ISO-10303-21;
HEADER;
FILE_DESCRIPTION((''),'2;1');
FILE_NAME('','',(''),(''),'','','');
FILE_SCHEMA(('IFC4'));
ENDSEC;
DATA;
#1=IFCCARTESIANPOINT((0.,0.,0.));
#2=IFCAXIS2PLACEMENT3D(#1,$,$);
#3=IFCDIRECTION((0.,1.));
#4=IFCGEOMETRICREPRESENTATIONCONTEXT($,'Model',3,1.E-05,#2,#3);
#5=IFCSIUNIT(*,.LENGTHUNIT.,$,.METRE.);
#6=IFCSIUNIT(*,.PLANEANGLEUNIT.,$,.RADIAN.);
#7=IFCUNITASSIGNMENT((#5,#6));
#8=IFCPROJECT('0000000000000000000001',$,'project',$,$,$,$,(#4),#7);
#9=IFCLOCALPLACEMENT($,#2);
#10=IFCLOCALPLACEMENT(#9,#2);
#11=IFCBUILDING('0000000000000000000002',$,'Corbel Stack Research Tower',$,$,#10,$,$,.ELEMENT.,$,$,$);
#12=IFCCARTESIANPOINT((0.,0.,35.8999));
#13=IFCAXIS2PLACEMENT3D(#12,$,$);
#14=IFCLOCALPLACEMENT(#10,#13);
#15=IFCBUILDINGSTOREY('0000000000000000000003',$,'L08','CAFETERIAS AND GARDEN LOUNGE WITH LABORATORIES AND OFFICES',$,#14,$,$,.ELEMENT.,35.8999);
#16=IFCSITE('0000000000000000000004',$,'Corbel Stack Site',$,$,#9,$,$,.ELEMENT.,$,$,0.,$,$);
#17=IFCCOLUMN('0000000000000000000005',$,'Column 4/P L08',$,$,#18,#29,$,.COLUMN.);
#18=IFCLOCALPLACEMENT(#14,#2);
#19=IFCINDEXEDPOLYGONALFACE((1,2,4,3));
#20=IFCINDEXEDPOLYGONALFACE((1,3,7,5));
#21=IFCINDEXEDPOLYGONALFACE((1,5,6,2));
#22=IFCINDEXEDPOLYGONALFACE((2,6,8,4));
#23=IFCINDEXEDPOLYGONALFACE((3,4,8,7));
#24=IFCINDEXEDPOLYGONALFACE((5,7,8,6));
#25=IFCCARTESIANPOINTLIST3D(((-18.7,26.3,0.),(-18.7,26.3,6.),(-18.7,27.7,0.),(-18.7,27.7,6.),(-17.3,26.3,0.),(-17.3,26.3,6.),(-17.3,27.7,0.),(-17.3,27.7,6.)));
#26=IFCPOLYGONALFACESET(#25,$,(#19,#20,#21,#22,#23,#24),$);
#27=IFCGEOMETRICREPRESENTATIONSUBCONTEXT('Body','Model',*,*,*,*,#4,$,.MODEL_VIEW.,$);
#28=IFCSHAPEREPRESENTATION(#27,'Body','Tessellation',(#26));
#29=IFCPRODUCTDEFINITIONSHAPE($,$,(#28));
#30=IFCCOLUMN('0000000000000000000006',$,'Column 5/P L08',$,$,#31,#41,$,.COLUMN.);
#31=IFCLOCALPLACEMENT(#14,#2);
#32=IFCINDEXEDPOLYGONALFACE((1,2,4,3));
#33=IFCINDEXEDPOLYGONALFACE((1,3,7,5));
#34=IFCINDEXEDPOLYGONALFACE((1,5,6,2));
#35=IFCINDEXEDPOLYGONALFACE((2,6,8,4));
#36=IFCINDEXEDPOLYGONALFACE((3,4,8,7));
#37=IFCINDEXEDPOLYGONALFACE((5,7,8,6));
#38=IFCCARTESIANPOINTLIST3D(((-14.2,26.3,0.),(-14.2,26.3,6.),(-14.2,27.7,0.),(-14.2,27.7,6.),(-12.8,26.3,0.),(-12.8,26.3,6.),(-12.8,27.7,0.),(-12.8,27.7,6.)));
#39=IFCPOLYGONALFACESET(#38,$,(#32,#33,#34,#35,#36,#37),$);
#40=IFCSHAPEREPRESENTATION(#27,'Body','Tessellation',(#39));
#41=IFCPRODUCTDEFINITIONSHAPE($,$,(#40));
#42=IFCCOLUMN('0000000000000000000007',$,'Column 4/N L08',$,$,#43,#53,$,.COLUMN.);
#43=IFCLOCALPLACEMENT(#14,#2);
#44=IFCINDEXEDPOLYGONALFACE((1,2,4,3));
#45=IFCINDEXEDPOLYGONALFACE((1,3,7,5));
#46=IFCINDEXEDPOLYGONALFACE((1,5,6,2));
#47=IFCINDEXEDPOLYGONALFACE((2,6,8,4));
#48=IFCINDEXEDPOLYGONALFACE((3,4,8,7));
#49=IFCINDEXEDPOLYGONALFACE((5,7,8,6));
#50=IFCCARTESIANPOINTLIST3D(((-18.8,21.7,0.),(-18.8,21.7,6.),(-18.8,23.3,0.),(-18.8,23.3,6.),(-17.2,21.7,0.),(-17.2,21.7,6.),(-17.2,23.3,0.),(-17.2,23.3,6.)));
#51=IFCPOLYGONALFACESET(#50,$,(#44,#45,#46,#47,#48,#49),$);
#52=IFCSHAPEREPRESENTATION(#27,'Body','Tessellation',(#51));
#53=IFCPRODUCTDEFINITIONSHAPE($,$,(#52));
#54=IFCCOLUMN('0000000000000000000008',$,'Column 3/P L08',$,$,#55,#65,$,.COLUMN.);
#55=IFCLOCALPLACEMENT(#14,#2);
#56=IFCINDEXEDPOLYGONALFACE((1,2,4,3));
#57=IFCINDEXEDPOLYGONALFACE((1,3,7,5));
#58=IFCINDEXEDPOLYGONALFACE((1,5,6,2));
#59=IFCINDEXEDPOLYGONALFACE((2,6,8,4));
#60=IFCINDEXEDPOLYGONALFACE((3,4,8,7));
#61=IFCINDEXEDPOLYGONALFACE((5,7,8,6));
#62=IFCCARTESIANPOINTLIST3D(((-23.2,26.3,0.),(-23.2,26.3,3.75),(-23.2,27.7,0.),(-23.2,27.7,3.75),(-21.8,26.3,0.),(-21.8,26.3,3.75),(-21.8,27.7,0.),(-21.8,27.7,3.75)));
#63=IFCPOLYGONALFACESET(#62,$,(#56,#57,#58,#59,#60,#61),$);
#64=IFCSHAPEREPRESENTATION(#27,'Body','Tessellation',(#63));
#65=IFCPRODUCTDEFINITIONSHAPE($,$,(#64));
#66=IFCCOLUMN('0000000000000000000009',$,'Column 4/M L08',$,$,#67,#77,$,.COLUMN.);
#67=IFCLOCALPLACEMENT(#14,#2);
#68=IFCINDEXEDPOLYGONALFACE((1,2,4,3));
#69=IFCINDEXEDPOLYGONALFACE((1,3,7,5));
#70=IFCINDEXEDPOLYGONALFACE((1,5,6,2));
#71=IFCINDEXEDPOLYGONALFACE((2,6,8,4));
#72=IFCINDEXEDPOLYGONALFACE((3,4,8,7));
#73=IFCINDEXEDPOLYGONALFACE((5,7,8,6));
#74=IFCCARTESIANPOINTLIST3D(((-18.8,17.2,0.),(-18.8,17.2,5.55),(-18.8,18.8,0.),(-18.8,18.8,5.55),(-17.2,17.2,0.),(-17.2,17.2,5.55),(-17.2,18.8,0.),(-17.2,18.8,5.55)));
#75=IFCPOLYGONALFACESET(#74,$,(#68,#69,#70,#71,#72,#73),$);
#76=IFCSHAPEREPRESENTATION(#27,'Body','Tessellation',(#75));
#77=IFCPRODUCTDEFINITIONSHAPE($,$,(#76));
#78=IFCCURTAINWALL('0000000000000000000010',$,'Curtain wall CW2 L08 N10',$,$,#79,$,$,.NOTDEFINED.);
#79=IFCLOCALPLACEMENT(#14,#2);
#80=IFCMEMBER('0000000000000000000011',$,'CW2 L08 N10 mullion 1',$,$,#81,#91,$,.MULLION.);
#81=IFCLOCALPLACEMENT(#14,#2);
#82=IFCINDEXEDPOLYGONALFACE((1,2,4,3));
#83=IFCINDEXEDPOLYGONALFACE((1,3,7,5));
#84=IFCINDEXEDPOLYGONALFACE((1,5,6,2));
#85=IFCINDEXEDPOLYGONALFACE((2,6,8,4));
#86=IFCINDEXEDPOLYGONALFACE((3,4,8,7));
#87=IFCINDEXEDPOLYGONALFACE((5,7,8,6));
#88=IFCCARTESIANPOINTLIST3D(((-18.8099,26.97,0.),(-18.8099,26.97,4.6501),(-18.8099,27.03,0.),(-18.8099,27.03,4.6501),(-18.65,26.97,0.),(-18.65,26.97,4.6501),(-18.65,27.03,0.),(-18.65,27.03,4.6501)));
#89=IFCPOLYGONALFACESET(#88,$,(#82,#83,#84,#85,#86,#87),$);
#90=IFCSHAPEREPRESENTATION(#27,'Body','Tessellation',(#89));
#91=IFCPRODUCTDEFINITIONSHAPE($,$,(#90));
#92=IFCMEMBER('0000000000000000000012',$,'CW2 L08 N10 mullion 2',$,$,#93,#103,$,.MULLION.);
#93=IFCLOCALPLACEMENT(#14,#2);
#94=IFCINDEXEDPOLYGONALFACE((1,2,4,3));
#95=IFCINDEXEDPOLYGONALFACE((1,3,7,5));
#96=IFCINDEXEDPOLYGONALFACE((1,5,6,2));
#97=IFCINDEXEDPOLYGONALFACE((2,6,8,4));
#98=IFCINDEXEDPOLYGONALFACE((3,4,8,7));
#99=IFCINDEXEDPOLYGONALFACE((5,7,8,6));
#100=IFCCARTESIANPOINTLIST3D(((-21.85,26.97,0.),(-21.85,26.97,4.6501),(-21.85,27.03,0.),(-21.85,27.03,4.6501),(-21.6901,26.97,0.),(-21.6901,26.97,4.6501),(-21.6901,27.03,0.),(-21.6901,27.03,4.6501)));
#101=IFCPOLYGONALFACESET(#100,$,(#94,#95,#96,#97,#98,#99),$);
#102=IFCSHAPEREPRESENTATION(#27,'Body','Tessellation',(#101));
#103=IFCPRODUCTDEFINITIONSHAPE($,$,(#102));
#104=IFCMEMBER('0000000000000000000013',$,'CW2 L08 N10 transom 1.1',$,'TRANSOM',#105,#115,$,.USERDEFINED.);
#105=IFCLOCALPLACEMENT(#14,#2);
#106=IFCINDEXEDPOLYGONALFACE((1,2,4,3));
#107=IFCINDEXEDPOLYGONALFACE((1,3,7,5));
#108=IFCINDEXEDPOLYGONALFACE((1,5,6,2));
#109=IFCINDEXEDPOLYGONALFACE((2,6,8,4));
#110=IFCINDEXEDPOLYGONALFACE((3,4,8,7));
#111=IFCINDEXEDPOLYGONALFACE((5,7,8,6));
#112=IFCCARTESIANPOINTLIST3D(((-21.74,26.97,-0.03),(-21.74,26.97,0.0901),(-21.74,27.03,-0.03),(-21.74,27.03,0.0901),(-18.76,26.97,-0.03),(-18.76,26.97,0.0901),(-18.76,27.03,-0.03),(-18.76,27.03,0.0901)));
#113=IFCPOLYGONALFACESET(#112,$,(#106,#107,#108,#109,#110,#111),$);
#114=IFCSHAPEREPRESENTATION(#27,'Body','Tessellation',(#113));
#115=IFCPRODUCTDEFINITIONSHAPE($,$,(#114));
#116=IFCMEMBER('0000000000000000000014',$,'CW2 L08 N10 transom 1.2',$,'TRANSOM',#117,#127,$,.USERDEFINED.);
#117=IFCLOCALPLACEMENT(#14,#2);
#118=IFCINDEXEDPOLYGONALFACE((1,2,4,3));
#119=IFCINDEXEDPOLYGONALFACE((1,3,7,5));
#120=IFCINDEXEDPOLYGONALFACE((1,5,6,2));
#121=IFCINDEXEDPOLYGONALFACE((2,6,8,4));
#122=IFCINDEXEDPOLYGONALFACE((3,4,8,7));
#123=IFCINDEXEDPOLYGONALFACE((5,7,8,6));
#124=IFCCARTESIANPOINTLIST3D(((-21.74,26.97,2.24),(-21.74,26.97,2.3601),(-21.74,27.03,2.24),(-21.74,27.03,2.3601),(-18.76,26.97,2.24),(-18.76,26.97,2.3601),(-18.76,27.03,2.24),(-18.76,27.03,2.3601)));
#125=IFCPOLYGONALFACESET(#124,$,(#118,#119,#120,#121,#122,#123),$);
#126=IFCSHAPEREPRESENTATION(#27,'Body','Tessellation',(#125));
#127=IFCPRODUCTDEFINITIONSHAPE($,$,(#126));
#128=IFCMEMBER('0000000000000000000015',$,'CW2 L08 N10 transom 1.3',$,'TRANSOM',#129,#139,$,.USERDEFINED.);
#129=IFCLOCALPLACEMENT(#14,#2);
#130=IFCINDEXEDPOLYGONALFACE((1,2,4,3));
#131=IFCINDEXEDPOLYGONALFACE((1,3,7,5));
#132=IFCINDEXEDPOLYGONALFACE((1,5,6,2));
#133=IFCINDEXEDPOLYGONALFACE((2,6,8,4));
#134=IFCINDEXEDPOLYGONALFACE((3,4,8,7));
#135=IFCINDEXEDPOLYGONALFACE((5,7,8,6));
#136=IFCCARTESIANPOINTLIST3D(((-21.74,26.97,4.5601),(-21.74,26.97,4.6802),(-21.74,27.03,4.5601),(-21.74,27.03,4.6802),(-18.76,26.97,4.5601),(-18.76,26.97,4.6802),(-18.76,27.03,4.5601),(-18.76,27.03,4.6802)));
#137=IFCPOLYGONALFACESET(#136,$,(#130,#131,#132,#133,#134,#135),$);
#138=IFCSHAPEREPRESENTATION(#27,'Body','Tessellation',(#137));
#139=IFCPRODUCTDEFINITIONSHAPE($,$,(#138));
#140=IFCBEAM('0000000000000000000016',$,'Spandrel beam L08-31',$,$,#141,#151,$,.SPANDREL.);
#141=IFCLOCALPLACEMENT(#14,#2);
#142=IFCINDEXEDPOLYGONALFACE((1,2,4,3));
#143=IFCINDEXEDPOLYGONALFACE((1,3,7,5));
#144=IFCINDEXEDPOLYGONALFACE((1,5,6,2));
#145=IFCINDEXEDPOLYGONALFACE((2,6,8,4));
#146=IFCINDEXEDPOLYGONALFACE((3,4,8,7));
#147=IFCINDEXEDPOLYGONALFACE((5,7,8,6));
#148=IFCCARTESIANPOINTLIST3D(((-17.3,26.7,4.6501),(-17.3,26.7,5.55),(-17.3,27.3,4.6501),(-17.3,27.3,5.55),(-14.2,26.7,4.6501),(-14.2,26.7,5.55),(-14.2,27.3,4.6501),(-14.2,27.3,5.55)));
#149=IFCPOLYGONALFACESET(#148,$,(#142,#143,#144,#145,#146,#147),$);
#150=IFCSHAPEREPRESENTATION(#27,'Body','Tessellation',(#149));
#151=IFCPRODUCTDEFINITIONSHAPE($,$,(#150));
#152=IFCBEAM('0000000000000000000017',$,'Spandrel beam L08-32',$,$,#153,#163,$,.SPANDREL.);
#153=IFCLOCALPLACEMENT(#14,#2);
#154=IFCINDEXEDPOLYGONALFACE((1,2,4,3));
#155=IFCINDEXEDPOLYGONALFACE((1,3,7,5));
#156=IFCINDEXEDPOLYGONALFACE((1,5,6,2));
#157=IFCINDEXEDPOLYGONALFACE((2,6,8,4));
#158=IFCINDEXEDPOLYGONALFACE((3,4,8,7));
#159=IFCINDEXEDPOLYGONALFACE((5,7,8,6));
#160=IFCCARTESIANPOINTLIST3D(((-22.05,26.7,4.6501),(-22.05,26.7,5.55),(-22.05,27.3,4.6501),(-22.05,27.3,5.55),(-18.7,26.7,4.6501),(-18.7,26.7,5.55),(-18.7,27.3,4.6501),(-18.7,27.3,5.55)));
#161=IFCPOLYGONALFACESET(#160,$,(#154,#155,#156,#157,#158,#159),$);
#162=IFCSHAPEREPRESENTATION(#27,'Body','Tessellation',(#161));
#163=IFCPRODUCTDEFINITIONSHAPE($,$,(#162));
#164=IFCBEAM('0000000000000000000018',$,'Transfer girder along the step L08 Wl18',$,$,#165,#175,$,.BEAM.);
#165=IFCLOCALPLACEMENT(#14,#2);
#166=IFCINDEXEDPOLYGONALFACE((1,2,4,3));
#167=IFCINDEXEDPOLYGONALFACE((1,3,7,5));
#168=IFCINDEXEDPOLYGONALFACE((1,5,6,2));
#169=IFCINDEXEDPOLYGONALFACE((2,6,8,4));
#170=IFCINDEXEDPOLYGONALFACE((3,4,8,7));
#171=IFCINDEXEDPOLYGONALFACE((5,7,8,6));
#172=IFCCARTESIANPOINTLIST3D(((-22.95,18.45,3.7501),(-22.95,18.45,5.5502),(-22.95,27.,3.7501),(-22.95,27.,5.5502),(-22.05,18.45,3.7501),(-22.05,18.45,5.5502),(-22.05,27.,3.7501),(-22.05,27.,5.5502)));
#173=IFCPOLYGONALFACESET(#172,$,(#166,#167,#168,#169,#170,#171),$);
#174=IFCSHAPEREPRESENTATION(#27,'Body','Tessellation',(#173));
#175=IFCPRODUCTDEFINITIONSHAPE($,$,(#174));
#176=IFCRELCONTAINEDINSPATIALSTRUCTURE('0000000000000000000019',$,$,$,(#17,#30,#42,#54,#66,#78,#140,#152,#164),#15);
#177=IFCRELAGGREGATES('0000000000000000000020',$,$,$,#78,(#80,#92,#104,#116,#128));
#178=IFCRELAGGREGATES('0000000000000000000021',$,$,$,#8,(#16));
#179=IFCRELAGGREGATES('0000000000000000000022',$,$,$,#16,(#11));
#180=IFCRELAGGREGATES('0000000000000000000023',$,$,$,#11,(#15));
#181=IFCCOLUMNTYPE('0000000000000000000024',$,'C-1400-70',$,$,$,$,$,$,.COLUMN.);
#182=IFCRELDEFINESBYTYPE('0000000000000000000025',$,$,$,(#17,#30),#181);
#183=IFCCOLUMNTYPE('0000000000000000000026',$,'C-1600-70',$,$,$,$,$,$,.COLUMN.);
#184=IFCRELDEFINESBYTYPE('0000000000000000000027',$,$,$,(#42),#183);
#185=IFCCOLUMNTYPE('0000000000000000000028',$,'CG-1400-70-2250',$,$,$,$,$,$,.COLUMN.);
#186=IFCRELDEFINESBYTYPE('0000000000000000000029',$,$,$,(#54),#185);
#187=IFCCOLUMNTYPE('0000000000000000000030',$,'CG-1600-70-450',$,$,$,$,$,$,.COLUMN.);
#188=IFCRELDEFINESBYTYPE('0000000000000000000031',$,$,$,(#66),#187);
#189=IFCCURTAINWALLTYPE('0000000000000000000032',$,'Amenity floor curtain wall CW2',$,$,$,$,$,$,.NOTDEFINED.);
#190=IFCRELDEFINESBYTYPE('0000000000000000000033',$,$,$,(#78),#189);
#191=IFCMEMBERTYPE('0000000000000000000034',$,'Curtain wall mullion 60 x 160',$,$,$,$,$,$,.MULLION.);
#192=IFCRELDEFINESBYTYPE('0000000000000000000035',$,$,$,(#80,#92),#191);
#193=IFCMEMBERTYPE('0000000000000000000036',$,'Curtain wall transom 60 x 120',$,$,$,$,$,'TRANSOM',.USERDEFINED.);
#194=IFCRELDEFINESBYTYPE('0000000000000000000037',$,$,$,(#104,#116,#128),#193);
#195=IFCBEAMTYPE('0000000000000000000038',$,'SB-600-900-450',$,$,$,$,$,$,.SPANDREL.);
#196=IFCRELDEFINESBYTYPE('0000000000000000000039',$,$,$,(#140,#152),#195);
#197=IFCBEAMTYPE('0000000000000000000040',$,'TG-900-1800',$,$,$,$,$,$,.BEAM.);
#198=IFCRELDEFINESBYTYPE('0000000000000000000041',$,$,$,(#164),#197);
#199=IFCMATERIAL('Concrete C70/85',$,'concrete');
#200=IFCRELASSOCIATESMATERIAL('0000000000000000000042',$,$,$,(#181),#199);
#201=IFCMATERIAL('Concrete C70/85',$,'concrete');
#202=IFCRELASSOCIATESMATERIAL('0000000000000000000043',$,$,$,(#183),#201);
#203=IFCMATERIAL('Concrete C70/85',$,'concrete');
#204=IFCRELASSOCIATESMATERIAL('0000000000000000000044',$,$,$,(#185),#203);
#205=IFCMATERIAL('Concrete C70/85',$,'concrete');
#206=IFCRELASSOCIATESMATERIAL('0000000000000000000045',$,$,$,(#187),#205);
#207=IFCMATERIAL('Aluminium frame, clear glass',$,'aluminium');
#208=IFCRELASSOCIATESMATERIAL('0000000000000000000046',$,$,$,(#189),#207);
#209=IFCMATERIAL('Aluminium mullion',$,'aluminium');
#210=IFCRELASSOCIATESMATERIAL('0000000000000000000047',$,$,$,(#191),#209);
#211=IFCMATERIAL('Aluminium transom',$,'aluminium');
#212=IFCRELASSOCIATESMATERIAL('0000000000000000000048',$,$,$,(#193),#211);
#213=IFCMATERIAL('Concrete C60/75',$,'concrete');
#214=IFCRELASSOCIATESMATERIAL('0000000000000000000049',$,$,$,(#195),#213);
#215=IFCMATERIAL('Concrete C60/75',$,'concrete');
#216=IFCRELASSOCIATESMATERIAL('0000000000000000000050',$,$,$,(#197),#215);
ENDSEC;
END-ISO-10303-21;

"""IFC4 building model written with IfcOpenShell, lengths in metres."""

from ifc_helpers import new_model, si_unit, direction, frame, origin, origin_2d, place, context, subcontext, project, spatial, rectangle, extrude, material, material_profile, profile_set, type_object, element, aggregate, save


model = new_model("IFC4")

# Units and contexts
model_context = context("Model", 3, precision=1e-05, world=origin(), true_north=direction((0.0, 1.0)))
body_context = subcontext(model_context, "Body", "Model", "MODEL_VIEW")
ifc_project = project(units=[si_unit("LENGTHUNIT", "METRE"), si_unit("PLANEANGLEUNIT", "RADIAN")], contexts=[model_context])

# Site, building, storey
site_placement = place(None, origin())
site = spatial("IfcSite", under=ifc_project, at=site_placement, Name="Corbel Stack Site", CompositionType="ELEMENT", RefElevation=0.0)
building_placement = place(site_placement, origin())
building = spatial("IfcBuilding", under=site, at=building_placement, Name="Corbel Stack Research Tower", CompositionType="ELEMENT")
storey_placement = place(building_placement, frame((0.0, 0.0, 35.8999)))
storey = spatial("IfcBuildingStorey", under=building, at=storey_placement, Name="L08", Description="CAFETERIAS AND GARDEN LOUNGE WITH LABORATORIES AND OFFICES", CompositionType="ELEMENT", Elevation=35.8999)

# Columns
ifc_material_1 = material(Name="Concrete C70/85", Category="concrete")
ifc_material_profile_1 = material_profile(ifc_material_1, rectangle(XDim=1.3999, YDim=1.3999, at=origin_2d()), Name="RC 1400 x 1400")
ifc_profile_set_1 = profile_set([ifc_material_profile_1], Name="Concrete C70/85")
column_type_1 = type_object("IfcColumnType", Name="C-1400-70", PredefinedType="COLUMN", material=ifc_profile_set_1)
for number, where, z_axis, x_axis, name in (
    (1, (-18.0, 27.0, 0.0), (0.0, 0.0, 1.0), (1.0, 0.0, 0.0), "Column 4/P L08"),
    (2, (-13.5, 27.0, 0.0), (0.0, 0.0, 1.0), (1.0, 0.0, 0.0), "Column 5/P L08"),
):
    element("IfcColumn", number, at=place(storey_placement, frame(where, z_axis=z_axis, x_axis=x_axis)), inside=storey, type_object=column_type_1, Name=name, PredefinedType="COLUMN", context=body_context, shape_type="SweptSolid", body=[
        extrude(rectangle(XDim=1.3999, YDim=1.3999, at=origin_2d()), origin(), (0.0, 0.0, 1.0), 6.0),
    ])
ifc_material_2 = material(Name="Concrete C70/85", Category="concrete")
ifc_material_profile_2 = material_profile(ifc_material_2, rectangle(XDim=1.6001, YDim=1.6001, at=origin_2d()), Name="RC 1600 x 1600")
ifc_profile_set_2 = profile_set([ifc_material_profile_2], Name="Concrete C70/85")
column_type_2 = type_object("IfcColumnType", Name="C-1600-70", PredefinedType="COLUMN", material=ifc_profile_set_2)
column_1_placement = place(storey_placement, frame((-18.0, 22.5, 0.0), z_axis=(0.0, 0.0, 1.0), x_axis=(1.0, 0.0, 0.0)))
element("IfcColumn", 3, at=column_1_placement, inside=storey, type_object=column_type_2, Name="Column 4/N L08", PredefinedType="COLUMN", context=body_context, shape_type="SweptSolid", body=[
    extrude(rectangle(XDim=1.6001, YDim=1.6001, at=origin_2d()), origin(), (0.0, 0.0, 1.0), 6.0),
])
ifc_material_3 = material(Name="Concrete C70/85", Category="concrete")
ifc_material_profile_3 = material_profile(ifc_material_3, rectangle(XDim=1.3999, YDim=1.3999, at=origin_2d()), Name="RC 1400 x 1400")
ifc_profile_set_3 = profile_set([ifc_material_profile_3], Name="Concrete C70/85")
column_type_3 = type_object("IfcColumnType", Name="CG-1400-70-2250", PredefinedType="COLUMN", material=ifc_profile_set_3)
column_2_placement = place(storey_placement, frame((-22.5, 27.0, 0.0), z_axis=(0.0, 0.0, 1.0), x_axis=(1.0, 0.0, 0.0)))
element("IfcColumn", 4, at=column_2_placement, inside=storey, type_object=column_type_3, Name="Column 3/P L08", PredefinedType="COLUMN", context=body_context, shape_type="SweptSolid", body=[
    extrude(rectangle(XDim=1.3999, YDim=1.3999, at=origin_2d()), origin(), (0.0, 0.0, 1.0), 3.75),
])
ifc_material_4 = material(Name="Concrete C70/85", Category="concrete")
ifc_material_profile_4 = material_profile(ifc_material_4, rectangle(XDim=1.6001, YDim=1.6001, at=origin_2d()), Name="RC 1600 x 1600")
ifc_profile_set_4 = profile_set([ifc_material_profile_4], Name="Concrete C70/85")
column_type_4 = type_object("IfcColumnType", Name="CG-1600-70-450", PredefinedType="COLUMN", material=ifc_profile_set_4)
column_3_placement = place(storey_placement, frame((-18.0, 18.0, 0.0), z_axis=(0.0, 0.0, 1.0), x_axis=(1.0, 0.0, 0.0)))
element("IfcColumn", 5, at=column_3_placement, inside=storey, type_object=column_type_4, Name="Column 4/M L08", PredefinedType="COLUMN", context=body_context, shape_type="SweptSolid", body=[
    extrude(rectangle(XDim=1.6001, YDim=1.6001, at=origin_2d()), origin(), (0.0, 0.0, 1.0), 5.55),
])

# Curtain wall, members
ifc_material_5 = material(Name="Aluminium frame, clear glass", Category="aluminium")
curtain_wall_type = type_object("IfcCurtainWallType", Name="Amenity floor curtain wall CW2", PredefinedType="NOTDEFINED", material=ifc_material_5)
curtain_wall_placement = place(storey_placement, origin())
curtain_wall = element("IfcCurtainWall", 6, at=curtain_wall_placement, inside=storey, type_object=curtain_wall_type, Name="Curtain wall CW2 L08 N10", PredefinedType="NOTDEFINED")
ifc_material_6 = material(Name="Aluminium mullion", Category="aluminium")
ifc_material_profile_5 = material_profile(ifc_material_6, rectangle(XDim=0.0601, YDim=0.1599, at=origin_2d()), Name="Mullion 60 x 160")
ifc_profile_set_5 = profile_set([ifc_material_profile_5], Name="Aluminium mullion")
member_type_1 = type_object("IfcMemberType", Name="Curtain wall mullion 60 x 160", PredefinedType="MULLION", material=ifc_profile_set_5)
member_1_placement = place(storey_placement, frame((-18.73, 27.0, 0.0), z_axis=(0.0, 0.0, 1.0), x_axis=(0.0, -1.0, 0.0)))
member_1 = element("IfcMember", 7, at=member_1_placement, type_object=member_type_1, Name="CW2 L08 N10 mullion 1", PredefinedType="MULLION", context=body_context, shape_type="SweptSolid", body=[
    extrude(rectangle(XDim=0.0601, YDim=0.1599, at=origin_2d()), origin(), (0.0, 0.0, 1.0), 4.6501),
])
member_2_placement = place(storey_placement, frame((-21.77, 27.0, 0.0), z_axis=(0.0, 0.0, 1.0), x_axis=(0.0, -1.0, 0.0)))
member_2 = element("IfcMember", 8, at=member_2_placement, type_object=member_type_1, Name="CW2 L08 N10 mullion 2", PredefinedType="MULLION", context=body_context, shape_type="SweptSolid", body=[
    extrude(rectangle(XDim=0.0601, YDim=0.1599, at=origin_2d()), origin(), (0.0, 0.0, 1.0), 4.6501),
])
ifc_material_7 = material(Name="Aluminium transom", Category="aluminium")
ifc_material_profile_6 = material_profile(ifc_material_7, rectangle(XDim=0.0601, YDim=0.1201, at=origin_2d()), Name="Transom 60 x 120")
ifc_profile_set_6 = profile_set([ifc_material_profile_6], Name="Aluminium transom")
member_type_2 = type_object("IfcMemberType", Name="Curtain wall transom 60 x 120", ElementType="TRANSOM", PredefinedType="USERDEFINED", material=ifc_profile_set_6)
member_3_placement = place(storey_placement, frame((-18.76, 27.0, 0.03), z_axis=(-1.0, 0.0, 0.0), x_axis=(0.0, -1.0, 0.0)))
member_3 = element("IfcMember", 9, at=member_3_placement, type_object=member_type_2, Name="CW2 L08 N10 transom 1.1", ObjectType="TRANSOM", PredefinedType="USERDEFINED", context=body_context, shape_type="SweptSolid", body=[
    extrude(rectangle(XDim=0.0601, YDim=0.1201, at=origin_2d()), origin(), (0.0, 0.0, 1.0), 2.98),
])
member_4_placement = place(storey_placement, frame((-18.76, 27.0, 2.3), z_axis=(-1.0, 0.0, 0.0), x_axis=(0.0, -1.0, 0.0)))
member_4 = element("IfcMember", 10, at=member_4_placement, type_object=member_type_2, Name="CW2 L08 N10 transom 1.2", ObjectType="TRANSOM", PredefinedType="USERDEFINED", context=body_context, shape_type="SweptSolid", body=[
    extrude(rectangle(XDim=0.0601, YDim=0.1201, at=origin_2d()), origin(), (0.0, 0.0, 1.0), 2.98),
])
member_5_placement = place(storey_placement, frame((-18.76, 27.0, 4.6201), z_axis=(-1.0, 0.0, 0.0), x_axis=(0.0, -1.0, 0.0)))
member_5 = element("IfcMember", 11, at=member_5_placement, type_object=member_type_2, Name="CW2 L08 N10 transom 1.3", ObjectType="TRANSOM", PredefinedType="USERDEFINED", context=body_context, shape_type="SweptSolid", body=[
    extrude(rectangle(XDim=0.0601, YDim=0.1201, at=origin_2d()), origin(), (0.0, 0.0, 1.0), 2.98),
])

# Beams
ifc_material_8 = material(Name="Concrete C60/75", Category="concrete")
ifc_material_profile_7 = material_profile(ifc_material_8, rectangle(XDim=0.6001, YDim=0.8999, at=origin_2d()), Name="RC 600 x 900")
ifc_profile_set_7 = profile_set([ifc_material_profile_7], Name="Concrete C60/75")
beam_type_1 = type_object("IfcBeamType", Name="SB-600-900-450", PredefinedType="SPANDREL", material=ifc_profile_set_7)
beam_1_placement = place(storey_placement, frame((-14.2, 27.0, 5.1001), z_axis=(-1.0, 0.0, 0.0), x_axis=(0.0, -1.0, 0.0)))
element("IfcBeam", 12, at=beam_1_placement, inside=storey, type_object=beam_type_1, Name="Spandrel beam L08-31", PredefinedType="SPANDREL", context=body_context, shape_type="SweptSolid", body=[
    extrude(rectangle(XDim=0.6001, YDim=0.8999, at=origin_2d()), origin(), (0.0, 0.0, 1.0), 3.1001),
])
beam_2_placement = place(storey_placement, frame((-18.7, 27.0, 5.1001), z_axis=(-1.0, 0.0, 0.0), x_axis=(0.0, -1.0, 0.0)))
element("IfcBeam", 13, at=beam_2_placement, inside=storey, type_object=beam_type_1, Name="Spandrel beam L08-32", PredefinedType="SPANDREL", context=body_context, shape_type="SweptSolid", body=[
    extrude(rectangle(XDim=0.6001, YDim=0.8999, at=origin_2d()), origin(), (0.0, 0.0, 1.0), 3.3501),
])
ifc_material_9 = material(Name="Concrete C60/75", Category="concrete")
ifc_material_profile_8 = material_profile(ifc_material_9, rectangle(XDim=0.8999, YDim=1.8, at=origin_2d()), Name="RC 900 x 1800")
ifc_profile_set_8 = profile_set([ifc_material_profile_8], Name="Concrete C60/75")
beam_type_2 = type_object("IfcBeamType", Name="TG-900-1800", PredefinedType="BEAM", material=ifc_profile_set_8)
beam_3_placement = place(storey_placement, frame((-22.5, 18.45, 4.6501), z_axis=(0.0, 1.0, 0.0), x_axis=(-1.0, 0.0, 0.0)))
element("IfcBeam", 14, at=beam_3_placement, inside=storey, type_object=beam_type_2, Name="Transfer girder along the step L08 Wl18", PredefinedType="BEAM", context=body_context, shape_type="SweptSolid", body=[
    extrude(rectangle(XDim=0.8999, YDim=1.8, at=origin_2d()), origin(), (0.0, 0.0, 1.0), 8.55),
])

aggregate(curtain_wall, [member_1, member_2, member_3, member_4, member_5])

save(model, "model.ifc")
